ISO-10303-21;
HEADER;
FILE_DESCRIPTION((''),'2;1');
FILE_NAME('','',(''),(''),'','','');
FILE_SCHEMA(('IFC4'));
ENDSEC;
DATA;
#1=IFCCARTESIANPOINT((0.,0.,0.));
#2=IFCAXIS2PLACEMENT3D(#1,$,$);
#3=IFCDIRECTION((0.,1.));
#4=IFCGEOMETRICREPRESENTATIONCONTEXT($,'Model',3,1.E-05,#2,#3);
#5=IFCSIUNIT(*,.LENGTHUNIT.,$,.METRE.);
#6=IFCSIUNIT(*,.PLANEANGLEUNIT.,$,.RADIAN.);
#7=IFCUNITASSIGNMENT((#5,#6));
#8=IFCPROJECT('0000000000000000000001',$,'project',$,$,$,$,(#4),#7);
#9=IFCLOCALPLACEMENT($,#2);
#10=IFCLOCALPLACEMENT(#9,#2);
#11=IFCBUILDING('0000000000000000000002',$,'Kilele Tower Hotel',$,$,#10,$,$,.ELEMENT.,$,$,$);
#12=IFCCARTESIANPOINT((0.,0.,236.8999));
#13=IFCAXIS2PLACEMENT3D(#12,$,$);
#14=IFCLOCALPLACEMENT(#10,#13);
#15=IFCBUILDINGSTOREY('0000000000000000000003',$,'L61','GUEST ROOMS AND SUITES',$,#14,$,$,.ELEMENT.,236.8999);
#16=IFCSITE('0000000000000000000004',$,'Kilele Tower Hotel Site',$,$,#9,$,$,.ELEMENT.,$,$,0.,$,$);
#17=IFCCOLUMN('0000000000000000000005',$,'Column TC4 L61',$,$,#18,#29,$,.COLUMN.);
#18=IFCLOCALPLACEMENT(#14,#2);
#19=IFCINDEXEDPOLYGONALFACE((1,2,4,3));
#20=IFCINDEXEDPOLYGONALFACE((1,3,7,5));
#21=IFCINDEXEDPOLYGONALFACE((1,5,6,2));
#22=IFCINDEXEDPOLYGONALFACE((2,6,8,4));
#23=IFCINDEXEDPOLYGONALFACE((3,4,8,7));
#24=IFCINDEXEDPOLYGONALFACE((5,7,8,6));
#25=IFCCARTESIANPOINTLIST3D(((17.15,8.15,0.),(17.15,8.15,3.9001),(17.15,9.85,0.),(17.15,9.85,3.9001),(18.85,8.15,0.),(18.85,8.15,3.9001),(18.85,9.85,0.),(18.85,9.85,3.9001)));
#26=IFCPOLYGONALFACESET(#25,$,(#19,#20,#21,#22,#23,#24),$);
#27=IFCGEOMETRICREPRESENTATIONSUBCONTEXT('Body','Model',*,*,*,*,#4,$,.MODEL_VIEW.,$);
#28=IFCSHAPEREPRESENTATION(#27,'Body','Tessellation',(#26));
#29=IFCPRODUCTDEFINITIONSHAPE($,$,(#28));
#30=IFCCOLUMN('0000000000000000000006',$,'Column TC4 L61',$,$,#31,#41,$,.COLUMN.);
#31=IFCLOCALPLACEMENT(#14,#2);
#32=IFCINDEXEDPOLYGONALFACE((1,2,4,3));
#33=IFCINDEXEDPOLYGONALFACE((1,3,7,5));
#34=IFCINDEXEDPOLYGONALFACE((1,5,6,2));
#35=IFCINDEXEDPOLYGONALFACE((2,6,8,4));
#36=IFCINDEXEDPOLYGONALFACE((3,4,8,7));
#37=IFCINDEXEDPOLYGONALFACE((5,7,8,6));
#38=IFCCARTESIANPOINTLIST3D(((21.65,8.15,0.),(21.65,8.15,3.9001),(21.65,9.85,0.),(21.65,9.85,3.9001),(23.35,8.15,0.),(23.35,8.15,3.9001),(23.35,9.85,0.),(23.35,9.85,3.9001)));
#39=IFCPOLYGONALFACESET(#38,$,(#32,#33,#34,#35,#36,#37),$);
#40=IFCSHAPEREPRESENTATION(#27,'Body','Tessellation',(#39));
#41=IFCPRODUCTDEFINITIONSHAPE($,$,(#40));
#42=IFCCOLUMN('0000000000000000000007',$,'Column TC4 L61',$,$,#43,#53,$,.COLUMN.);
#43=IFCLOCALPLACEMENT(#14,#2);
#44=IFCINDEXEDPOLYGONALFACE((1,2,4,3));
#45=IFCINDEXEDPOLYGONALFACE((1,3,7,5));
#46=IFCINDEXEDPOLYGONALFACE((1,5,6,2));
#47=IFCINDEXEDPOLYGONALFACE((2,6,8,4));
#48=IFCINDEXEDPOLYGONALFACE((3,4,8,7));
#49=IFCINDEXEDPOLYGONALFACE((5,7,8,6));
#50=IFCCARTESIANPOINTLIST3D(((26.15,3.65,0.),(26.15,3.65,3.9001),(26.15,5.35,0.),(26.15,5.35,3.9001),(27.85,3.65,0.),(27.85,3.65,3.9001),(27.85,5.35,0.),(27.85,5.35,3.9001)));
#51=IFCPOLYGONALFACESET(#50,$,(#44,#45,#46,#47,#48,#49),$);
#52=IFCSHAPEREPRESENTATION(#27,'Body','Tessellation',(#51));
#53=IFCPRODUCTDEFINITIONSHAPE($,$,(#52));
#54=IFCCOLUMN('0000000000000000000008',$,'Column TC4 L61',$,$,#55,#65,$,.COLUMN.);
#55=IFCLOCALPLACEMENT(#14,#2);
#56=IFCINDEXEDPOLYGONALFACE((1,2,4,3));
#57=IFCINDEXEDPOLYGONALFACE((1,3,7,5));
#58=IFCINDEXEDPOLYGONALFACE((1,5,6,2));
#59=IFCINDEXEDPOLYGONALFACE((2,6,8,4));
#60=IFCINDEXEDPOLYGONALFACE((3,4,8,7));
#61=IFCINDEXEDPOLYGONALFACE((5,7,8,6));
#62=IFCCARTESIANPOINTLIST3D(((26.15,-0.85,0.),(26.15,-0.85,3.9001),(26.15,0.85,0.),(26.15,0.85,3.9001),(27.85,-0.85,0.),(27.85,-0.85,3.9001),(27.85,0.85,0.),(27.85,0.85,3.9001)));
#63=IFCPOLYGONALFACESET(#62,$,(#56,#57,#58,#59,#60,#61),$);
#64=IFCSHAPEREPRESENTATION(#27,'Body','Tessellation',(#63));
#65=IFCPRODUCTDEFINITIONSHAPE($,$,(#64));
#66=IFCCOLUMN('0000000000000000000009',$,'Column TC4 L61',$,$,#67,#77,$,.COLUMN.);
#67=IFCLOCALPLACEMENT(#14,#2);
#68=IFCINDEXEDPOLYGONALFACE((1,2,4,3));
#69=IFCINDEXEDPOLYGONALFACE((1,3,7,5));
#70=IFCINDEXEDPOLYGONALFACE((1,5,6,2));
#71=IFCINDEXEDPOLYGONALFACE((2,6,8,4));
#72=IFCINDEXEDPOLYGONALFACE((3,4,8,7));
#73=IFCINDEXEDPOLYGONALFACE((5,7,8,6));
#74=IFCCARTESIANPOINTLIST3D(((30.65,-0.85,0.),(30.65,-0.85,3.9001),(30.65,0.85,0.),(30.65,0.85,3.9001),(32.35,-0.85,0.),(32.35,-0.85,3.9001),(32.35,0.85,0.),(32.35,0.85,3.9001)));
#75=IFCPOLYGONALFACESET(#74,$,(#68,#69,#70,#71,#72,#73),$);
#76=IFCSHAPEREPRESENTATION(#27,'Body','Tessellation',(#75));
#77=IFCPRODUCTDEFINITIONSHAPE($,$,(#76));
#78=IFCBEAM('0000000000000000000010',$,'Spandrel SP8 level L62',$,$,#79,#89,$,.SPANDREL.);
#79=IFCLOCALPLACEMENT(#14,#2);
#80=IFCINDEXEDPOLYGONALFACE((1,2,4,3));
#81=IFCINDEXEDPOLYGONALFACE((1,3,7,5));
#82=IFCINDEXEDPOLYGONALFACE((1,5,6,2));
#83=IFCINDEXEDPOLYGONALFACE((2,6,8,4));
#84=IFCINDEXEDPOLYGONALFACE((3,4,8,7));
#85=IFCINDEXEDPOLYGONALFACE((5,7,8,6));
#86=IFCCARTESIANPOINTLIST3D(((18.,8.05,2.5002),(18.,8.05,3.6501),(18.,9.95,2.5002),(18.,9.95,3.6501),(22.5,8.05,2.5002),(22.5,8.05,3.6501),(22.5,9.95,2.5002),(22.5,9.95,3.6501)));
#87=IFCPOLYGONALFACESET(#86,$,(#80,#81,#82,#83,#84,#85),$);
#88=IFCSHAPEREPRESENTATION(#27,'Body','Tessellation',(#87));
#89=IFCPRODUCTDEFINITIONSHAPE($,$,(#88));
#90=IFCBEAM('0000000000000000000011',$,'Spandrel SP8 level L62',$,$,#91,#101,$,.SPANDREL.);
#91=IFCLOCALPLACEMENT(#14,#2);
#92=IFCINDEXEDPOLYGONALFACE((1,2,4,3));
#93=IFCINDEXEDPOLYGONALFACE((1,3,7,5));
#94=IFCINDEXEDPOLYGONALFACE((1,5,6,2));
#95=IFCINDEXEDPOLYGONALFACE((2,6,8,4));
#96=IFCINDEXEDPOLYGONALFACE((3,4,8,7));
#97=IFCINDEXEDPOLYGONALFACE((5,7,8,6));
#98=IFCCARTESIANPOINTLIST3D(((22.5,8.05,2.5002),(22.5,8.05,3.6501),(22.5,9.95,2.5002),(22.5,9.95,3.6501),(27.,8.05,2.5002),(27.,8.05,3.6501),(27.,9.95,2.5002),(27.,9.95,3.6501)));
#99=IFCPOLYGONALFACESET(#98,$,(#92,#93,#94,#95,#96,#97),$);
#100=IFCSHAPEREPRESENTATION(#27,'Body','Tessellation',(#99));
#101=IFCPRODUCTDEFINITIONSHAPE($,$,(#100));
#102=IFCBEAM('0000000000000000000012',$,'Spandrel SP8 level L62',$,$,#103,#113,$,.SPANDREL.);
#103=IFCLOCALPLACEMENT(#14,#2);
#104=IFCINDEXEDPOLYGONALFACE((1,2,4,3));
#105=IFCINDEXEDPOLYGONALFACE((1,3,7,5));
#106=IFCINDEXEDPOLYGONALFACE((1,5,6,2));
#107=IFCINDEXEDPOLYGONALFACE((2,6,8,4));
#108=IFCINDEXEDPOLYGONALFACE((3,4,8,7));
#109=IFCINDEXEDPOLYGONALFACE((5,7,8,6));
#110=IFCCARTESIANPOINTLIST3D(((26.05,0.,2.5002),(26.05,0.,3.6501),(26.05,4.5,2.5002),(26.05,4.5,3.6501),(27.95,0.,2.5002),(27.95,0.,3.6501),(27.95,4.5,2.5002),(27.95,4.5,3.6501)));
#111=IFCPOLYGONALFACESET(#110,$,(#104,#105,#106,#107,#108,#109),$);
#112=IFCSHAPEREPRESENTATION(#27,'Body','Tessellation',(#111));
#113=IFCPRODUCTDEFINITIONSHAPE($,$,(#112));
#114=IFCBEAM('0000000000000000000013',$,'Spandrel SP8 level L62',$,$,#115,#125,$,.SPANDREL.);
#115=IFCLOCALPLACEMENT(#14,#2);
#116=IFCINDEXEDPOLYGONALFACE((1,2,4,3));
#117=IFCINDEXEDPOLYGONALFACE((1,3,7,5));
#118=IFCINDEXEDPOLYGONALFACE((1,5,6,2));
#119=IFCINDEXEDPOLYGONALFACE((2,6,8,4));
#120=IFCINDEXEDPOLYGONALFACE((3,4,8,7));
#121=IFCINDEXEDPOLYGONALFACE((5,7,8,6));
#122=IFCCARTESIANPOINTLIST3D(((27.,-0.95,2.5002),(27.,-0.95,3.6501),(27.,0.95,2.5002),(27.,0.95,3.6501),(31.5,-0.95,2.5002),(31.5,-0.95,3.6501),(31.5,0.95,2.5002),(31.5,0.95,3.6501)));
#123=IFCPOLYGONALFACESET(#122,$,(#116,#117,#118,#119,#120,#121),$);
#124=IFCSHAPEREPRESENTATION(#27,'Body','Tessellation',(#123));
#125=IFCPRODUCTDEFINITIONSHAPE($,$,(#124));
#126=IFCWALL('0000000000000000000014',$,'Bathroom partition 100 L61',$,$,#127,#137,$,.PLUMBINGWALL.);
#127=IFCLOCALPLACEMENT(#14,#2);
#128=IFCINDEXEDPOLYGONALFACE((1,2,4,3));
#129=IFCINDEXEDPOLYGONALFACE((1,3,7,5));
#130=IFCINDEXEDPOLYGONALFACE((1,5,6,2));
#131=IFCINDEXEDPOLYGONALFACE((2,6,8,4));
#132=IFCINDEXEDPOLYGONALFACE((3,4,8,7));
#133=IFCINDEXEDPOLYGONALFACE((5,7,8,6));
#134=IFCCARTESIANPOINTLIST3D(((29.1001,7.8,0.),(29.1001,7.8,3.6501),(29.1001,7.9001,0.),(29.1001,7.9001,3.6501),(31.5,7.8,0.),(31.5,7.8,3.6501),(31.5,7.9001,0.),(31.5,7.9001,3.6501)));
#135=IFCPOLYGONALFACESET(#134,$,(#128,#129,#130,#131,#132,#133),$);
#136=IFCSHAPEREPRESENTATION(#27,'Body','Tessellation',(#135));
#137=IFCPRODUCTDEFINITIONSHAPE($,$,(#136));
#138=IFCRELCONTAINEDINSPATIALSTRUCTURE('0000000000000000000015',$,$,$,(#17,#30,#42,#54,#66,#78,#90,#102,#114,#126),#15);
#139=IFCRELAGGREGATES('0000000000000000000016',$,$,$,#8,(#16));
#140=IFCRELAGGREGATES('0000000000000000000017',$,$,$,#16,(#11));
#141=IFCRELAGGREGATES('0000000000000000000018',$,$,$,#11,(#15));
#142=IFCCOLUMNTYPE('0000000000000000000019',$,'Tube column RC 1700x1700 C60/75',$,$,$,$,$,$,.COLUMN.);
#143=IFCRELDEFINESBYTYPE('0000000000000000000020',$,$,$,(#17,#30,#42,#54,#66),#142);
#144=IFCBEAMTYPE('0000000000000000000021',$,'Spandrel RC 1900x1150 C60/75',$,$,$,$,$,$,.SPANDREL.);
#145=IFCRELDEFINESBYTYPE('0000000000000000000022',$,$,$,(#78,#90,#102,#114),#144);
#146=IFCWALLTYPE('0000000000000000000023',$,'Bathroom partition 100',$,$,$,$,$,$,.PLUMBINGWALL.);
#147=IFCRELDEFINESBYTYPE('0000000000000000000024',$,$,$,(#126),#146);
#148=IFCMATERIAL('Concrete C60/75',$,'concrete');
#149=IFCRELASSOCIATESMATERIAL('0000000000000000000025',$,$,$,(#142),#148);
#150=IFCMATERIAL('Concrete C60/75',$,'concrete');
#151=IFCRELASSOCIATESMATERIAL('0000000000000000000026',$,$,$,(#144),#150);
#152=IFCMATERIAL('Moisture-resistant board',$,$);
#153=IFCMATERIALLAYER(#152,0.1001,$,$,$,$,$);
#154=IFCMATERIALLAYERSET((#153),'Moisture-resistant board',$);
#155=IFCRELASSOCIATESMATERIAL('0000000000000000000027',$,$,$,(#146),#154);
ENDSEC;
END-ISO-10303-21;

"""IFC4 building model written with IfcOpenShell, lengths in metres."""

from ifc_helpers import new_model, si_unit, direction, frame, frame_2d, origin, origin_2d, place, context, subcontext, project, spatial, rectangle, extrude, material, layer, layer_set, material_profile, profile_set, type_object, element, save


model = new_model("IFC4")

# Units and contexts
model_context = context("Model", 3, precision=1e-05, world=origin(), true_north=direction((0.0, 1.0)))
body_context = subcontext(model_context, "Body", "Model", "MODEL_VIEW")
ifc_project = project(units=[si_unit("LENGTHUNIT", "METRE"), si_unit("PLANEANGLEUNIT", "RADIAN")], contexts=[model_context])

# Site, building, storey
site_placement = place(None, origin())
site = spatial("IfcSite", under=ifc_project, at=site_placement, Name="Kilele Tower Hotel Site", CompositionType="ELEMENT", RefElevation=0.0)
building_placement = place(site_placement, origin())
building = spatial("IfcBuilding", under=site, at=building_placement, Name="Kilele Tower Hotel", CompositionType="ELEMENT")
storey_placement = place(building_placement, frame((0.0, 0.0, 236.8999)))
storey = spatial("IfcBuildingStorey", under=building, at=storey_placement, Name="L61", Description="GUEST ROOMS AND SUITES", CompositionType="ELEMENT", Elevation=236.8999)

# Columns
ifc_material_1 = material(Name="Concrete C60/75", Category="concrete")
ifc_material_profile_1 = material_profile(ifc_material_1, rectangle(XDim=1.7, YDim=1.7, at=origin_2d()))
ifc_profile_set_1 = profile_set([ifc_material_profile_1], Name="Concrete C60/75")
column_type = type_object("IfcColumnType", Name="Tube column RC 1700x1700 C60/75", PredefinedType="COLUMN", material=ifc_profile_set_1)
for number, where, z_axis, x_axis, name in (
    (1, (18.0, 9.0, 0.0), (0.0, 0.0, 1.0), (1.0, 0.0, 0.0), "Column TC4 L61"),
    (2, (22.5, 9.0, 0.0), (0.0, 0.0, 1.0), (1.0, 0.0, 0.0), "Column TC4 L61"),
    (3, (27.0, 4.5, 0.0), (0.0, 0.0, 1.0), (1.0, 0.0, 0.0), "Column TC4 L61"),
    (4, (27.0, 0.0, 0.0), (0.0, 0.0, 1.0), (1.0, 0.0, 0.0), "Column TC4 L61"),
    (5, (31.5, 0.0, 0.0), (0.0, 0.0, 1.0), (1.0, 0.0, 0.0), "Column TC4 L61"),
):
    element("IfcColumn", number, at=place(storey_placement, frame(where, z_axis=z_axis, x_axis=x_axis)), inside=storey, type_object=column_type, Name=name, PredefinedType="COLUMN", context=body_context, shape_type="SweptSolid", body=[
        extrude(rectangle(XDim=1.7, YDim=1.7, at=origin_2d()), origin(), (0.0, 0.0, 1.0), 3.9001),
    ])

# Beams
ifc_material_2 = material(Name="Concrete C60/75", Category="concrete")
ifc_material_profile_2 = material_profile(ifc_material_2, rectangle(XDim=1.8999, YDim=1.1499, at=origin_2d()))
ifc_profile_set_2 = profile_set([ifc_material_profile_2], Name="Concrete C60/75")
beam_type = type_object("IfcBeamType", Name="Spandrel RC 1900x1150 C60/75", PredefinedType="SPANDREL", material=ifc_profile_set_2)
for number, where, z_axis, x_axis, name in (
    (6, (18.0, 9.0, 3.0752), (1.0, 0.0, 0.0), (0.0, 1.0, 0.0), "Spandrel SP8 level L62"),
    (7, (22.5, 9.0, 3.0752), (1.0, 0.0, 0.0), (0.0, 1.0, 0.0), "Spandrel SP8 level L62"),
    (8, (27.0, 4.5, 3.0752), (0.0, -1.0, 0.0), (1.0, 0.0, 0.0), "Spandrel SP8 level L62"),
    (9, (27.0, 0.0, 3.0752), (1.0, 0.0, 0.0), (0.0, 1.0, 0.0), "Spandrel SP8 level L62"),
):
    element("IfcBeam", number, at=place(storey_placement, frame(where, z_axis=z_axis, x_axis=x_axis)), inside=storey, type_object=beam_type, Name=name, PredefinedType="SPANDREL", context=body_context, shape_type="SweptSolid", body=[
        extrude(rectangle(XDim=1.8999, YDim=1.1499, at=origin_2d()), origin(), (0.0, 0.0, 1.0), 4.5),
    ])

# Wall
ifc_material_3 = material(Name="Moisture-resistant board")
ifc_layer_1 = layer(ifc_material_3, 0.1001)
ifc_layer_set_1 = layer_set([ifc_layer_1], Name="Moisture-resistant board")
wall_type_1 = type_object("IfcWallType", Name="Bathroom partition 100", PredefinedType="PLUMBINGWALL", material=ifc_layer_set_1)
wall_1_placement = place(storey_placement, frame((29.1001, 7.8501, 0.0), z_axis=(0.0, 0.0, 1.0), x_axis=(1.0, 0.0, 0.0)))
element("IfcWall", 10, at=wall_1_placement, inside=storey, type_object=wall_type_1, Name="Bathroom partition 100 L61", PredefinedType="PLUMBINGWALL", context=body_context, shape_type="SweptSolid", body=[
    extrude(rectangle(XDim=2.3999, YDim=0.1001, at=frame_2d((1.2, 0.0))), origin(), (0.0, 0.0, 1.0), 3.6501),
])

save(model, "model.ifc")
